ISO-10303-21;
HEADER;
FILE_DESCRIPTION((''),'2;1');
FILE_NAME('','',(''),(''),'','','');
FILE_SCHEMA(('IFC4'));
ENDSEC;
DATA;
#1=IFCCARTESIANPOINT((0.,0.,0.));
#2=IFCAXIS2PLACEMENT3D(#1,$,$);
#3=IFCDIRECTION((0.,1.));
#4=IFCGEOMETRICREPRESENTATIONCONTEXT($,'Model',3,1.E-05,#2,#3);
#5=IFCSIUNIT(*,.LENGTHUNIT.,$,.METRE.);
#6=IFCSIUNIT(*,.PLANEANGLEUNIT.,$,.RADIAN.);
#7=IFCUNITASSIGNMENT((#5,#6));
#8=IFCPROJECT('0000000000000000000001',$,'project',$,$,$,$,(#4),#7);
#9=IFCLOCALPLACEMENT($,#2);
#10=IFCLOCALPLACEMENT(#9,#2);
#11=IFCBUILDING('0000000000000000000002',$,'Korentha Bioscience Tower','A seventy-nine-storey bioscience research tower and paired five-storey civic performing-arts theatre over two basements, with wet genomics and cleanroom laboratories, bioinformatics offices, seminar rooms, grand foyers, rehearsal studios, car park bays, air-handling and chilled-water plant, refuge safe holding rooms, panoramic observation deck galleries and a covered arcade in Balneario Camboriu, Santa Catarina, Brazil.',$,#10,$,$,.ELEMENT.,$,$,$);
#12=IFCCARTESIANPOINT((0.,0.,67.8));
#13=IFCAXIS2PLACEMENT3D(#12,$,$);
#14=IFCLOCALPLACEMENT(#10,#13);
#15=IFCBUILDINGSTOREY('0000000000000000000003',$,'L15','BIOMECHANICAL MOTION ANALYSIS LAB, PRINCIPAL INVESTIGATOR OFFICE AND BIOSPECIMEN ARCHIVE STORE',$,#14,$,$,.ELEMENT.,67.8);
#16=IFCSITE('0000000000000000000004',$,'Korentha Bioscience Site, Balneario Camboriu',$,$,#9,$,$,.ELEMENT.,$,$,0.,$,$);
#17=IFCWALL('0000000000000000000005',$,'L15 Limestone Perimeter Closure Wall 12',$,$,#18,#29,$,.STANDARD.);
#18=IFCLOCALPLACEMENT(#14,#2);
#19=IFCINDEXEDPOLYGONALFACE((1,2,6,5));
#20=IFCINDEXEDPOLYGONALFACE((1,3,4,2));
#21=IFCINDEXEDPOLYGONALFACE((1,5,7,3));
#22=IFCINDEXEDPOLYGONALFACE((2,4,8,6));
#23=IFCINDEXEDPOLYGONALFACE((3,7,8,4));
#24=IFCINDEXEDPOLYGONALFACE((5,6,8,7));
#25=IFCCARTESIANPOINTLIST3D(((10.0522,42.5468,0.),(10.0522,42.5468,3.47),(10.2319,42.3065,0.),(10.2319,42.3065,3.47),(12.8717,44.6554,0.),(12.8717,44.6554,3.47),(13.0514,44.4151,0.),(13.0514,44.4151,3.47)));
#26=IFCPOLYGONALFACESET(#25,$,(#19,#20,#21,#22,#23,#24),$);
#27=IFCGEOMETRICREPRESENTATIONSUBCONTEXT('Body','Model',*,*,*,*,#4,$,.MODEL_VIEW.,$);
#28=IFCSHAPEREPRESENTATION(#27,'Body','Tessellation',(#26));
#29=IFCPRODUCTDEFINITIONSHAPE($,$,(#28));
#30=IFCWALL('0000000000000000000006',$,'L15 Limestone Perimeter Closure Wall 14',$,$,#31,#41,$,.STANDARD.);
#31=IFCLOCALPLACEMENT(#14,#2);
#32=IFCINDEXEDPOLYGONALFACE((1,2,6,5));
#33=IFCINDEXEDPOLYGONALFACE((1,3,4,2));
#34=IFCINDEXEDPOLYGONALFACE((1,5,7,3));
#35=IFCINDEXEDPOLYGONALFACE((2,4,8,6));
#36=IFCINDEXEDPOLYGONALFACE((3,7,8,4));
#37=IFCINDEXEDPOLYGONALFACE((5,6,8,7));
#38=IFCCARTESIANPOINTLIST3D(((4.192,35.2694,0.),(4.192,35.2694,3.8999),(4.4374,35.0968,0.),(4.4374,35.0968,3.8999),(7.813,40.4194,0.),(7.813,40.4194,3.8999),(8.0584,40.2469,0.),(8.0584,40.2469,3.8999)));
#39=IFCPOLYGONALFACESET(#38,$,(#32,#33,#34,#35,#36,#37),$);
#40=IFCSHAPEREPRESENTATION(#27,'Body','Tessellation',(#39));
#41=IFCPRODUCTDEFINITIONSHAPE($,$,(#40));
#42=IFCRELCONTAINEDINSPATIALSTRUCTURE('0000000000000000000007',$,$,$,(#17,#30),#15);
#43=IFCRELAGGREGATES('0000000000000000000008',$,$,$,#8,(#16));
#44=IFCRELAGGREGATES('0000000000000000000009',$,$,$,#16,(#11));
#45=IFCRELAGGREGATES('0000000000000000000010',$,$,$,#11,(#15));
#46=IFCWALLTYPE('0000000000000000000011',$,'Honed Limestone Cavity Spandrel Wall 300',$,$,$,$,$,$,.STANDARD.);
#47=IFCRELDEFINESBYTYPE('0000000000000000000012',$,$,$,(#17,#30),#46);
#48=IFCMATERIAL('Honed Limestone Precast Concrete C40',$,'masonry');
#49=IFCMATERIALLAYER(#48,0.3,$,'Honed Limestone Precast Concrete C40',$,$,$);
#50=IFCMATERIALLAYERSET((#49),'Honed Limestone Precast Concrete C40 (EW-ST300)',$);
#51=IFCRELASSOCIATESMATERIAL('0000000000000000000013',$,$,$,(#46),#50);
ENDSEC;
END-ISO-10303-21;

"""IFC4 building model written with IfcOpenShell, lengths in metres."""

from ifc_helpers import new_model, si_unit, direction, frame, frame_2d, origin, place, context, subcontext, project, spatial, rectangle, extrude, material, layer, layer_set, type_object, element, save


model = new_model("IFC4")

# Units and contexts
model_context = context("Model", 3, precision=1e-05, world=origin(), true_north=direction((0.0, 1.0)))
body_context = subcontext(model_context, "Body", "Model", "MODEL_VIEW")
ifc_project = project(units=[si_unit("LENGTHUNIT", "METRE"), si_unit("PLANEANGLEUNIT", "RADIAN")], contexts=[model_context])

# Site, building, storey
site_placement = place(None, origin())
site = spatial("IfcSite", under=ifc_project, at=site_placement, Name="Korentha Bioscience Site, Balneario Camboriu", CompositionType="ELEMENT", RefElevation=0.0)
building_placement = place(site_placement, origin())
building = spatial("IfcBuilding", under=site, at=building_placement, Name="Korentha Bioscience Tower", Description="A seventy-nine-storey bioscience research tower and paired five-storey civic performing-arts theatre over two basements, with wet genomics and cleanroom laboratories, bioinformatics offices, seminar rooms, grand foyers, rehearsal studios, car park bays, air-handling and chilled-water plant, refuge safe holding rooms, panoramic observation deck galleries and a covered arcade in Balneario Camboriu, Santa Catarina, Brazil.", CompositionType="ELEMENT")
storey_placement = place(building_placement, frame((0.0, 0.0, 67.8)))
storey = spatial("IfcBuildingStorey", under=building, at=storey_placement, Name="L15", Description="BIOMECHANICAL MOTION ANALYSIS LAB, PRINCIPAL INVESTIGATOR OFFICE AND BIOSPECIMEN ARCHIVE STORE", CompositionType="ELEMENT", Elevation=67.8)

# Walls
ifc_material_1 = material(Name="Honed Limestone Precast Concrete C40", Category="masonry")
ifc_layer_1 = layer(ifc_material_1, 0.3, Name="Honed Limestone Precast Concrete C40")
ifc_layer_set_1 = layer_set([ifc_layer_1], Name="Honed Limestone Precast Concrete C40 (EW-ST300)")
wall_type_1 = type_object("IfcWallType", Name="Honed Limestone Cavity Spandrel Wall 300", PredefinedType="STANDARD", material=ifc_layer_set_1)
wall_1_placement = place(storey_placement, frame((12.9614, 44.5352, 0.0), z_axis=(0.0, 0.0, 1.0), x_axis=(-0.800823, -0.598901, 0.0)))
element("IfcWall", 1, at=wall_1_placement, inside=storey, type_object=wall_type_1, Name="L15 Limestone Perimeter Closure Wall 12", PredefinedType="STANDARD", context=body_context, shape_type="SweptSolid", body=[
    extrude(rectangle(XDim=3.5208, YDim=0.3, at=frame_2d((1.7603, 0.0))), origin(), (0.0, 0.0, 1.0), 3.47),
])
wall_2_placement = place(storey_placement, frame((7.9358, 40.3333, 0.0), z_axis=(0.0, 0.0, 1.0), x_axis=(-0.575166, -0.818037, 0.0)))
element("IfcWall", 2, at=wall_2_placement, inside=storey, type_object=wall_type_1, Name="L15 Limestone Perimeter Closure Wall 14", PredefinedType="STANDARD", context=body_context, shape_type="SweptSolid", body=[
    extrude(rectangle(XDim=6.2957, YDim=0.3, at=frame_2d((3.1479, 0.0))), origin(), (0.0, 0.0, 1.0), 3.8999),
])

save(model, "model.ifc")
